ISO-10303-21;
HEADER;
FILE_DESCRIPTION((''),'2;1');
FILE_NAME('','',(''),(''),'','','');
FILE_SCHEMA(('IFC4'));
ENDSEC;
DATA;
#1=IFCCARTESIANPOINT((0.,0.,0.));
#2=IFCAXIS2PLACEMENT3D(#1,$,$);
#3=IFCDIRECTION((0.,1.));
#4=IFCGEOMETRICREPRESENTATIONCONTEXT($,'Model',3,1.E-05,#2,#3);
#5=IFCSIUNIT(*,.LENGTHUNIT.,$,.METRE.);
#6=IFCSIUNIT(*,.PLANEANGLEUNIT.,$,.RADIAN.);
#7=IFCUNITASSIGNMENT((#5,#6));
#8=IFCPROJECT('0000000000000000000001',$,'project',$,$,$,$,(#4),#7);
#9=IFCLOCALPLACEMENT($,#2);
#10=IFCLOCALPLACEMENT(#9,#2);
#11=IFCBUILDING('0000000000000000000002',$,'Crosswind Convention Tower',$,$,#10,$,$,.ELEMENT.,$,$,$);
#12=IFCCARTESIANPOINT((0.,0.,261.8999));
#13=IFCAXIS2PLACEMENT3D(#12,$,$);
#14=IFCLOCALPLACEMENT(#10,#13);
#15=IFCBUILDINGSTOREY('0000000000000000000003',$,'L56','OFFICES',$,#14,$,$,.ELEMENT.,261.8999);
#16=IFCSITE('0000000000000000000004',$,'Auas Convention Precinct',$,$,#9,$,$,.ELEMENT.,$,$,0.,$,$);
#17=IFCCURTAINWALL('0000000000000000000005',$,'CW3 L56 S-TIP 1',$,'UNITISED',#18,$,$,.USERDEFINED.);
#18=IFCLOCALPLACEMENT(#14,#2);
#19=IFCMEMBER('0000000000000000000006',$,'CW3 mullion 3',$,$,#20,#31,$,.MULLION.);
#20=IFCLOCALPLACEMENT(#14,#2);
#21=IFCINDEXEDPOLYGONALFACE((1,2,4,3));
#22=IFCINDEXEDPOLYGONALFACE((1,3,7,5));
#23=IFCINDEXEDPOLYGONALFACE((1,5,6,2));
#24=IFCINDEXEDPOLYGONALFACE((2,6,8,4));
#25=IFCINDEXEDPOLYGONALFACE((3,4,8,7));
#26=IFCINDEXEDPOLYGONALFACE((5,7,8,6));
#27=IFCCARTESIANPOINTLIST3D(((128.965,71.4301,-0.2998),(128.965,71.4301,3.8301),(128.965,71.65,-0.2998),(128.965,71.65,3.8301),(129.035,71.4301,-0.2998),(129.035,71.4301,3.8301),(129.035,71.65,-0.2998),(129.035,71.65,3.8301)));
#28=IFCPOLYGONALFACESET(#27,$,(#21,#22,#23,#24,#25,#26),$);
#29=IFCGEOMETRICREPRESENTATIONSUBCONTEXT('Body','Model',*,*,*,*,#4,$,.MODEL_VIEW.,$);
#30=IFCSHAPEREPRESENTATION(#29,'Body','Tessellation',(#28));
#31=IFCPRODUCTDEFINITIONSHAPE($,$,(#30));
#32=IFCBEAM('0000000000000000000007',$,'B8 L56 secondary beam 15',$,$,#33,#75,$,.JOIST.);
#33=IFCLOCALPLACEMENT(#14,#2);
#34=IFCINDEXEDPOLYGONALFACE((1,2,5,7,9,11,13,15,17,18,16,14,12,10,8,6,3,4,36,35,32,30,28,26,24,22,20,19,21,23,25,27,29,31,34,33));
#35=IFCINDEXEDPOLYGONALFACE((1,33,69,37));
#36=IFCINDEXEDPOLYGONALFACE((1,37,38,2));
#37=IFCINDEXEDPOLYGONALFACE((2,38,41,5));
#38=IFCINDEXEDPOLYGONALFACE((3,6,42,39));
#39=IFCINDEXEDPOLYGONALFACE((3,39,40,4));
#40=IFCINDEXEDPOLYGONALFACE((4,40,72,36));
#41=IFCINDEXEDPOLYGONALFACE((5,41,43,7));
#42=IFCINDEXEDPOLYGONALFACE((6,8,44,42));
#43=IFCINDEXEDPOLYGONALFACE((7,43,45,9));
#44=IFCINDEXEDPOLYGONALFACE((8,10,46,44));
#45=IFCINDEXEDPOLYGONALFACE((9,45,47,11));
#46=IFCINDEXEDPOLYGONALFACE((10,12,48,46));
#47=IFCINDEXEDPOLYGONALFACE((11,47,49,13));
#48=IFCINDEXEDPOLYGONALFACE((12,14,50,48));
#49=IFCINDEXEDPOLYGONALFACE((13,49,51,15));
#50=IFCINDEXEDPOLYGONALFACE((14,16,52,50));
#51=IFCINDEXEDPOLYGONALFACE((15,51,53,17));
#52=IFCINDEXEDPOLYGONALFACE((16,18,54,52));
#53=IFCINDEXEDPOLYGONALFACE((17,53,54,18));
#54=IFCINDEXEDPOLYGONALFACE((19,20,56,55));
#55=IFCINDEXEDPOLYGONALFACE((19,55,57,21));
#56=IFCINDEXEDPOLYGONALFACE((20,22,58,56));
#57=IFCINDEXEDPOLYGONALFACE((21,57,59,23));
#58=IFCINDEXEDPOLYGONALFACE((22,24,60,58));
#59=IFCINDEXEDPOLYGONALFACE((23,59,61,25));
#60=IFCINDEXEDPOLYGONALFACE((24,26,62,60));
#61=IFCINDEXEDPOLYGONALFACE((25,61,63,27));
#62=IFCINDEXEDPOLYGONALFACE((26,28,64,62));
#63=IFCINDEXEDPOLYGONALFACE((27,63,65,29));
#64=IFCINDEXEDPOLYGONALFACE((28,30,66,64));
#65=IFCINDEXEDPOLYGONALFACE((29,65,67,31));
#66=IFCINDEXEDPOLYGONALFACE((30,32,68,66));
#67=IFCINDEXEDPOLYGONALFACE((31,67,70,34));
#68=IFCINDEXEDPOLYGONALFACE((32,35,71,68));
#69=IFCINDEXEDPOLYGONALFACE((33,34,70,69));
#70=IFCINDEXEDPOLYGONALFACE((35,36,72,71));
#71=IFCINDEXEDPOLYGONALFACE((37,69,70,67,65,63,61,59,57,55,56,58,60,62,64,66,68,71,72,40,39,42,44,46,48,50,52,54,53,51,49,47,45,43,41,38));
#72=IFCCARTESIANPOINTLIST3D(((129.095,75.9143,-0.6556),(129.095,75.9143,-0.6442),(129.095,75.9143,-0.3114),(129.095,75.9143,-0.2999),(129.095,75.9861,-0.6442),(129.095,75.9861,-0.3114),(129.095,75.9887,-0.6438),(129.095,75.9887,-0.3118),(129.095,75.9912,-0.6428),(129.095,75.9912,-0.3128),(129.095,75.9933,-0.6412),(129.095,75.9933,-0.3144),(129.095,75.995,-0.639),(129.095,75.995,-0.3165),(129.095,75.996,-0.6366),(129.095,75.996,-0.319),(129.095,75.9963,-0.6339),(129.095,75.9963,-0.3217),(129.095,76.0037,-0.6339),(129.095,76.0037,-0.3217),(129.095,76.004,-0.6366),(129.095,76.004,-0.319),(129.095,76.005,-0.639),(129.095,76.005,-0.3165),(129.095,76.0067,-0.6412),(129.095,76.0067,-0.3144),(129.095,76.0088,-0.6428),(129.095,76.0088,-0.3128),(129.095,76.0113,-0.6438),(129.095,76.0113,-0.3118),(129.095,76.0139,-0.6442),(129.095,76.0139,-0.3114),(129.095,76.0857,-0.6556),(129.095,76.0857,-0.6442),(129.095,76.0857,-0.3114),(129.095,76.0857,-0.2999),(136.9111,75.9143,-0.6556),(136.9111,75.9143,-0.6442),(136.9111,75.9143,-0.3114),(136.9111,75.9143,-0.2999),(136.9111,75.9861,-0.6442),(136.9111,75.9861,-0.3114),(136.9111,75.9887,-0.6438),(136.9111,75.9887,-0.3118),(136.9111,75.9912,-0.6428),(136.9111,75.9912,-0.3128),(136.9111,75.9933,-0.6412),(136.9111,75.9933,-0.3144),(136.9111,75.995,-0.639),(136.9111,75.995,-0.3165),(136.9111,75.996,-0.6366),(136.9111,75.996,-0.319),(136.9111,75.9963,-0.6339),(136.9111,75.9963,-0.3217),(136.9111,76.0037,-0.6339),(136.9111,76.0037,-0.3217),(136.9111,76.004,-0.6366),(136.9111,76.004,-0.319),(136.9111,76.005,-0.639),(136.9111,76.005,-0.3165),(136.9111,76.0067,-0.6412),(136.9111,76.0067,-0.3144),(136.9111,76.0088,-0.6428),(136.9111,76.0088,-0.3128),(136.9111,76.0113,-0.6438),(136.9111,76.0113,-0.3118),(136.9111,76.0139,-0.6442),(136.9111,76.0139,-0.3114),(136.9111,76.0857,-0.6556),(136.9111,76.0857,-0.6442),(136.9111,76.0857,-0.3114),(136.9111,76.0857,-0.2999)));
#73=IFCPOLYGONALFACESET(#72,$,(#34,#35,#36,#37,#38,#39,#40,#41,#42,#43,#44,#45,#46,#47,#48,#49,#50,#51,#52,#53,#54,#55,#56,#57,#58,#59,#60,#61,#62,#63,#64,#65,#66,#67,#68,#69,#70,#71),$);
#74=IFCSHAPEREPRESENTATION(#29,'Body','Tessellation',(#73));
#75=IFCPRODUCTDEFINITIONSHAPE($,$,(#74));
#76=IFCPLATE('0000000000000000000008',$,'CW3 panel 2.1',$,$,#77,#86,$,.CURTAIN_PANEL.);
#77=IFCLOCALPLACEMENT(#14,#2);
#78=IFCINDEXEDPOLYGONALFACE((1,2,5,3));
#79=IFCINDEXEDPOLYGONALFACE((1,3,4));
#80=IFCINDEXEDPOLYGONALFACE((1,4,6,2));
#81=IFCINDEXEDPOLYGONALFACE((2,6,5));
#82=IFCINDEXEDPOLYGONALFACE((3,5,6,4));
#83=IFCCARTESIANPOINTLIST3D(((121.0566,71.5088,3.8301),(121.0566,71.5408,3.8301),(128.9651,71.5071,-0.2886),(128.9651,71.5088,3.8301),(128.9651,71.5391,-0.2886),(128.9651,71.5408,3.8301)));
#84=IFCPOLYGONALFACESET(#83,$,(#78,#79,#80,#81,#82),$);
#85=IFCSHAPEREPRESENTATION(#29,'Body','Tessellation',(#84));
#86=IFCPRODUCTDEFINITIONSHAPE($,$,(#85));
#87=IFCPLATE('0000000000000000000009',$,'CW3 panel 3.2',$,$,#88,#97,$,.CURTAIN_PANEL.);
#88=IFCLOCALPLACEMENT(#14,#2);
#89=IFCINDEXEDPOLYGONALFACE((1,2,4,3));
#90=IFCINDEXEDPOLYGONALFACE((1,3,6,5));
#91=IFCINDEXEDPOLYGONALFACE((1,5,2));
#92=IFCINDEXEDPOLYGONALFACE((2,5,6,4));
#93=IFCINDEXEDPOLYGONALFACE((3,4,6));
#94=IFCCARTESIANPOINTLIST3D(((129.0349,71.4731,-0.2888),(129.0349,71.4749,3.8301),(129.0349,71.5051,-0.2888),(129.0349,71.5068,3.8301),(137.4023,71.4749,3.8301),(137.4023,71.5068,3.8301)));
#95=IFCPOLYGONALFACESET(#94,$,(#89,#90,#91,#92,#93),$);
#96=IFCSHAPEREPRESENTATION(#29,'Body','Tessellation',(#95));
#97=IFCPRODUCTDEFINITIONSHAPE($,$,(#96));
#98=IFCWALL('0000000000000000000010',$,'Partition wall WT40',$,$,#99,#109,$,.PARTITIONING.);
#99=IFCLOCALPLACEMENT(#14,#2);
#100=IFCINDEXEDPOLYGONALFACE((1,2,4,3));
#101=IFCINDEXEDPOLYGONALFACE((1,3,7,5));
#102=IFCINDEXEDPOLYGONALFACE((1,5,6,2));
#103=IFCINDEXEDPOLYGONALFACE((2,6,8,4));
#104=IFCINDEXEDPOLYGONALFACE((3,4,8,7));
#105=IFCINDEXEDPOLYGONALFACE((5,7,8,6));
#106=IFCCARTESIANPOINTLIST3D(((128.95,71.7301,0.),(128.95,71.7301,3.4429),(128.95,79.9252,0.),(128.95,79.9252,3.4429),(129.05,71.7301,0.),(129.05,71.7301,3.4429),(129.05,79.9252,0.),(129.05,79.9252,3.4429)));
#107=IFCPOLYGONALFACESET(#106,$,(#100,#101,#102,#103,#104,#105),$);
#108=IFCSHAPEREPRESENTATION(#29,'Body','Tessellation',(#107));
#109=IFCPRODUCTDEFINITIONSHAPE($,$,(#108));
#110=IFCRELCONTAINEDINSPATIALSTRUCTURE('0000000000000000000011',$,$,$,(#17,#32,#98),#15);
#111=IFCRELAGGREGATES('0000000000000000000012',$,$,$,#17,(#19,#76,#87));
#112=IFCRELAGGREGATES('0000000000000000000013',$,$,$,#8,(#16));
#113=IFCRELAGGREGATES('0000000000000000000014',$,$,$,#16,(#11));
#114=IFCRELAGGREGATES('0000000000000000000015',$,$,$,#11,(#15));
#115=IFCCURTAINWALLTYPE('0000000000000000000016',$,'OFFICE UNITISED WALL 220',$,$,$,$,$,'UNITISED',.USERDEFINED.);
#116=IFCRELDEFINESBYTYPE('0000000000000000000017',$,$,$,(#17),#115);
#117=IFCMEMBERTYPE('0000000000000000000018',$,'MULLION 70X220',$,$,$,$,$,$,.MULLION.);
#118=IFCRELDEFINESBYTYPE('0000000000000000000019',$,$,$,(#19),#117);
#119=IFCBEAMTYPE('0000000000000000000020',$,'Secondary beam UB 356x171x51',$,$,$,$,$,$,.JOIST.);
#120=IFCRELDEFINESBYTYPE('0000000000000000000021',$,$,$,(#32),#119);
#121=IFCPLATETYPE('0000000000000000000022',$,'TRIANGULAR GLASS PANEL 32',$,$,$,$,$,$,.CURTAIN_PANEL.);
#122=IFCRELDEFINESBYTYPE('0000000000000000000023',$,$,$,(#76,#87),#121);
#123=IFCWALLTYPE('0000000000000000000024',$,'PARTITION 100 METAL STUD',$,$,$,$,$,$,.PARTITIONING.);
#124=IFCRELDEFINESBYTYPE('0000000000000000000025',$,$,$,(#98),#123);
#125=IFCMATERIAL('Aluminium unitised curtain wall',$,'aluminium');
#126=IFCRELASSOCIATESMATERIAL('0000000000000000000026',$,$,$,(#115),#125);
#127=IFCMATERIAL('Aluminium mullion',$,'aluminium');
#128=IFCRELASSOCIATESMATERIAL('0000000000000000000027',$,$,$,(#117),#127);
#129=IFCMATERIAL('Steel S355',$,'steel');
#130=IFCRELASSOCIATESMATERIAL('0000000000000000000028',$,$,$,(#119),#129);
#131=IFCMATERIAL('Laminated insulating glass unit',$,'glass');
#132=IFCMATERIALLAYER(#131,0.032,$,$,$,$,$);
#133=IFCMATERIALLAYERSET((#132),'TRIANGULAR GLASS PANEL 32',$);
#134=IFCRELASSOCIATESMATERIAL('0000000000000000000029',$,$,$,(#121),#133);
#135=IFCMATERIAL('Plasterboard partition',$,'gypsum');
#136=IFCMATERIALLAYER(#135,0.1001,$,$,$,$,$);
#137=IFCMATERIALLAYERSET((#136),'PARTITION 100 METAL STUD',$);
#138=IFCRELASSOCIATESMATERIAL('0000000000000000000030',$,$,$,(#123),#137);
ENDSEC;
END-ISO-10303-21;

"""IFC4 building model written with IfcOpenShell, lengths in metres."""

from ifc_helpers import new_model, si_unit, direction, frame, frame_2d, origin, origin_2d, place, context, subcontext, project, spatial, polyline, rectangle, i_section, outline, extrude, material, layer, layer_set, material_profile, profile_set, type_object, element, aggregate, save


model = new_model("IFC4")

# Units and contexts
model_context = context("Model", 3, precision=1e-05, world=origin(), true_north=direction((0.0, 1.0)))
body_context = subcontext(model_context, "Body", "Model", "MODEL_VIEW")
ifc_project = project(units=[si_unit("LENGTHUNIT", "METRE"), si_unit("PLANEANGLEUNIT", "RADIAN")], contexts=[model_context])

# Site, building, storey
site_placement = place(None, origin())
site = spatial("IfcSite", under=ifc_project, at=site_placement, Name="Auas Convention Precinct", CompositionType="ELEMENT", RefElevation=0.0)
building_placement = place(site_placement, origin())
building = spatial("IfcBuilding", under=site, at=building_placement, Name="Crosswind Convention Tower", CompositionType="ELEMENT")
storey_placement = place(building_placement, frame((0.0, 0.0, 261.8999)))
storey = spatial("IfcBuildingStorey", under=building, at=storey_placement, Name="L56", Description="OFFICES", CompositionType="ELEMENT", Elevation=261.8999)

# Shared definitions
ifc_material_1 = material(Name="Steel S355", Category="steel")

# Curtain wall, member
ifc_material_2 = material(Name="Aluminium unitised curtain wall", Category="aluminium")
curtain_wall_type = type_object("IfcCurtainWallType", Name="OFFICE UNITISED WALL 220", ElementType="UNITISED", PredefinedType="USERDEFINED", material=ifc_material_2)
curtain_wall_placement = place(storey_placement, origin())
curtain_wall = element("IfcCurtainWall", 1, at=curtain_wall_placement, inside=storey, type_object=curtain_wall_type, Name="CW3 L56 S-TIP 1", ObjectType="UNITISED", PredefinedType="USERDEFINED")
ifc_material_3 = material(Name="Aluminium mullion", Category="aluminium")
ifc_material_profile_1 = material_profile(ifc_material_3, rectangle(XDim=0.22, YDim=0.0701, at=origin_2d()), Name="AL 220X70")
ifc_profile_set_1 = profile_set([ifc_material_profile_1], Name="Aluminium mullion")
member_type = type_object("IfcMemberType", Name="MULLION 70X220", PredefinedType="MULLION", material=ifc_profile_set_1)
member_placement = place(storey_placement, frame((129.0, 71.54, -0.2998), z_axis=(0.0, 0.0, 1.0), x_axis=(0.0, -1.0, 0.0)))
member = element("IfcMember", 2, at=member_placement, type_object=member_type, Name="CW3 mullion 3", PredefinedType="MULLION", context=body_context, shape_type="SweptSolid", body=[
    extrude(rectangle(XDim=0.22, YDim=0.0701, at=origin_2d()), origin(), (0.0, 0.0, 1.0), 4.1299),
])

# Beam
ifc_material_profile_2 = material_profile(ifc_material_1, i_section(OverallWidth=0.1714, OverallDepth=0.3557, WebThickness=0.0073, FlangeThickness=0.0115, FilletRadius=0.0103, at=origin_2d()), Name="UB 356x171x51")
ifc_profile_set_2 = profile_set([ifc_material_profile_2], Name="Steel S355")
beam_type_1 = type_object("IfcBeamType", Name="Secondary beam UB 356x171x51", PredefinedType="JOIST", material=ifc_profile_set_2)
beam_1_placement = place(storey_placement, frame((129.095, 76.0, -0.4778), z_axis=(1.0, 0.0, 0.0), x_axis=(0.0, 1.0, 0.0)))
element("IfcBeam", 3, at=beam_1_placement, inside=storey, type_object=beam_type_1, Name="B8 L56 secondary beam 15", PredefinedType="JOIST", context=body_context, shape_type="SweptSolid", body=[
    extrude(i_section(OverallWidth=0.1714, OverallDepth=0.3557, WebThickness=0.0073, FlangeThickness=0.0115, FilletRadius=0.0103, at=origin_2d()), origin(), (0.0, 0.0, 1.0), 7.8162),
])

# Plates
ifc_material_4 = material(Name="Laminated insulating glass unit", Category="glass")
ifc_layer_1 = layer(ifc_material_4, 0.032)
ifc_layer_set_1 = layer_set([ifc_layer_1], Name="TRIANGULAR GLASS PANEL 32")
plate_type = type_object("IfcPlateType", Name="TRIANGULAR GLASS PANEL 32", PredefinedType="CURTAIN_PANEL", material=ifc_layer_set_1)
plate_1_placement = place(storey_placement, frame((128.9651, 71.5088, 3.8301), z_axis=(0.0, -1.0, 0.000415), x_axis=(-1.0, 0.0, 0.0)))
plate_1 = element("IfcPlate", 4, at=plate_1_placement, type_object=plate_type, Name="CW3 panel 2.1", PredefinedType="CURTAIN_PANEL", context=body_context, shape_type="SweptSolid", body=[
    extrude(outline(polyline([(0.0, 0.0), (7.9084, 0.0), (0.0, 4.1187), (0.0, 0.0)])), origin(), (0.0, 0.0, -1.0), 0.032),
])
plate_2_placement = place(storey_placement, frame((129.0349, 71.4749, 3.8301), z_axis=(0.0, -1.0, 0.000415), x_axis=(0.0, -0.000415, -1.0)))
plate_2 = element("IfcPlate", 5, at=plate_2_placement, type_object=plate_type, Name="CW3 panel 3.2", PredefinedType="CURTAIN_PANEL", context=body_context, shape_type="SweptSolid", body=[
    extrude(outline(polyline([(0.0, 0.0), (4.1189, 0.0), (0.0, 8.3674), (0.0, 0.0)])), origin(), (0.0, 0.0, -1.0), 0.032),
])
aggregate(curtain_wall, [member, plate_1, plate_2])

# Wall
ifc_material_5 = material(Name="Plasterboard partition", Category="gypsum")
ifc_layer_2 = layer(ifc_material_5, 0.1001)
ifc_layer_set_2 = layer_set([ifc_layer_2], Name="PARTITION 100 METAL STUD")
wall_type_1 = type_object("IfcWallType", Name="PARTITION 100 METAL STUD", PredefinedType="PARTITIONING", material=ifc_layer_set_2)
wall_1_placement = place(storey_placement, frame((129.0, 71.73, 0.0), z_axis=(0.0, 0.0, 1.0), x_axis=(0.0, 1.0, 0.0)))
element("IfcWall", 6, at=wall_1_placement, inside=storey, type_object=wall_type_1, Name="Partition wall WT40", PredefinedType="PARTITIONING", context=body_context, shape_type="SweptSolid", body=[
    extrude(rectangle(XDim=8.1951, YDim=0.1001, at=frame_2d((4.0977, 0.0))), origin(), (0.0, 0.0, 1.0), 3.4429),
])

save(model, "model.ifc")
